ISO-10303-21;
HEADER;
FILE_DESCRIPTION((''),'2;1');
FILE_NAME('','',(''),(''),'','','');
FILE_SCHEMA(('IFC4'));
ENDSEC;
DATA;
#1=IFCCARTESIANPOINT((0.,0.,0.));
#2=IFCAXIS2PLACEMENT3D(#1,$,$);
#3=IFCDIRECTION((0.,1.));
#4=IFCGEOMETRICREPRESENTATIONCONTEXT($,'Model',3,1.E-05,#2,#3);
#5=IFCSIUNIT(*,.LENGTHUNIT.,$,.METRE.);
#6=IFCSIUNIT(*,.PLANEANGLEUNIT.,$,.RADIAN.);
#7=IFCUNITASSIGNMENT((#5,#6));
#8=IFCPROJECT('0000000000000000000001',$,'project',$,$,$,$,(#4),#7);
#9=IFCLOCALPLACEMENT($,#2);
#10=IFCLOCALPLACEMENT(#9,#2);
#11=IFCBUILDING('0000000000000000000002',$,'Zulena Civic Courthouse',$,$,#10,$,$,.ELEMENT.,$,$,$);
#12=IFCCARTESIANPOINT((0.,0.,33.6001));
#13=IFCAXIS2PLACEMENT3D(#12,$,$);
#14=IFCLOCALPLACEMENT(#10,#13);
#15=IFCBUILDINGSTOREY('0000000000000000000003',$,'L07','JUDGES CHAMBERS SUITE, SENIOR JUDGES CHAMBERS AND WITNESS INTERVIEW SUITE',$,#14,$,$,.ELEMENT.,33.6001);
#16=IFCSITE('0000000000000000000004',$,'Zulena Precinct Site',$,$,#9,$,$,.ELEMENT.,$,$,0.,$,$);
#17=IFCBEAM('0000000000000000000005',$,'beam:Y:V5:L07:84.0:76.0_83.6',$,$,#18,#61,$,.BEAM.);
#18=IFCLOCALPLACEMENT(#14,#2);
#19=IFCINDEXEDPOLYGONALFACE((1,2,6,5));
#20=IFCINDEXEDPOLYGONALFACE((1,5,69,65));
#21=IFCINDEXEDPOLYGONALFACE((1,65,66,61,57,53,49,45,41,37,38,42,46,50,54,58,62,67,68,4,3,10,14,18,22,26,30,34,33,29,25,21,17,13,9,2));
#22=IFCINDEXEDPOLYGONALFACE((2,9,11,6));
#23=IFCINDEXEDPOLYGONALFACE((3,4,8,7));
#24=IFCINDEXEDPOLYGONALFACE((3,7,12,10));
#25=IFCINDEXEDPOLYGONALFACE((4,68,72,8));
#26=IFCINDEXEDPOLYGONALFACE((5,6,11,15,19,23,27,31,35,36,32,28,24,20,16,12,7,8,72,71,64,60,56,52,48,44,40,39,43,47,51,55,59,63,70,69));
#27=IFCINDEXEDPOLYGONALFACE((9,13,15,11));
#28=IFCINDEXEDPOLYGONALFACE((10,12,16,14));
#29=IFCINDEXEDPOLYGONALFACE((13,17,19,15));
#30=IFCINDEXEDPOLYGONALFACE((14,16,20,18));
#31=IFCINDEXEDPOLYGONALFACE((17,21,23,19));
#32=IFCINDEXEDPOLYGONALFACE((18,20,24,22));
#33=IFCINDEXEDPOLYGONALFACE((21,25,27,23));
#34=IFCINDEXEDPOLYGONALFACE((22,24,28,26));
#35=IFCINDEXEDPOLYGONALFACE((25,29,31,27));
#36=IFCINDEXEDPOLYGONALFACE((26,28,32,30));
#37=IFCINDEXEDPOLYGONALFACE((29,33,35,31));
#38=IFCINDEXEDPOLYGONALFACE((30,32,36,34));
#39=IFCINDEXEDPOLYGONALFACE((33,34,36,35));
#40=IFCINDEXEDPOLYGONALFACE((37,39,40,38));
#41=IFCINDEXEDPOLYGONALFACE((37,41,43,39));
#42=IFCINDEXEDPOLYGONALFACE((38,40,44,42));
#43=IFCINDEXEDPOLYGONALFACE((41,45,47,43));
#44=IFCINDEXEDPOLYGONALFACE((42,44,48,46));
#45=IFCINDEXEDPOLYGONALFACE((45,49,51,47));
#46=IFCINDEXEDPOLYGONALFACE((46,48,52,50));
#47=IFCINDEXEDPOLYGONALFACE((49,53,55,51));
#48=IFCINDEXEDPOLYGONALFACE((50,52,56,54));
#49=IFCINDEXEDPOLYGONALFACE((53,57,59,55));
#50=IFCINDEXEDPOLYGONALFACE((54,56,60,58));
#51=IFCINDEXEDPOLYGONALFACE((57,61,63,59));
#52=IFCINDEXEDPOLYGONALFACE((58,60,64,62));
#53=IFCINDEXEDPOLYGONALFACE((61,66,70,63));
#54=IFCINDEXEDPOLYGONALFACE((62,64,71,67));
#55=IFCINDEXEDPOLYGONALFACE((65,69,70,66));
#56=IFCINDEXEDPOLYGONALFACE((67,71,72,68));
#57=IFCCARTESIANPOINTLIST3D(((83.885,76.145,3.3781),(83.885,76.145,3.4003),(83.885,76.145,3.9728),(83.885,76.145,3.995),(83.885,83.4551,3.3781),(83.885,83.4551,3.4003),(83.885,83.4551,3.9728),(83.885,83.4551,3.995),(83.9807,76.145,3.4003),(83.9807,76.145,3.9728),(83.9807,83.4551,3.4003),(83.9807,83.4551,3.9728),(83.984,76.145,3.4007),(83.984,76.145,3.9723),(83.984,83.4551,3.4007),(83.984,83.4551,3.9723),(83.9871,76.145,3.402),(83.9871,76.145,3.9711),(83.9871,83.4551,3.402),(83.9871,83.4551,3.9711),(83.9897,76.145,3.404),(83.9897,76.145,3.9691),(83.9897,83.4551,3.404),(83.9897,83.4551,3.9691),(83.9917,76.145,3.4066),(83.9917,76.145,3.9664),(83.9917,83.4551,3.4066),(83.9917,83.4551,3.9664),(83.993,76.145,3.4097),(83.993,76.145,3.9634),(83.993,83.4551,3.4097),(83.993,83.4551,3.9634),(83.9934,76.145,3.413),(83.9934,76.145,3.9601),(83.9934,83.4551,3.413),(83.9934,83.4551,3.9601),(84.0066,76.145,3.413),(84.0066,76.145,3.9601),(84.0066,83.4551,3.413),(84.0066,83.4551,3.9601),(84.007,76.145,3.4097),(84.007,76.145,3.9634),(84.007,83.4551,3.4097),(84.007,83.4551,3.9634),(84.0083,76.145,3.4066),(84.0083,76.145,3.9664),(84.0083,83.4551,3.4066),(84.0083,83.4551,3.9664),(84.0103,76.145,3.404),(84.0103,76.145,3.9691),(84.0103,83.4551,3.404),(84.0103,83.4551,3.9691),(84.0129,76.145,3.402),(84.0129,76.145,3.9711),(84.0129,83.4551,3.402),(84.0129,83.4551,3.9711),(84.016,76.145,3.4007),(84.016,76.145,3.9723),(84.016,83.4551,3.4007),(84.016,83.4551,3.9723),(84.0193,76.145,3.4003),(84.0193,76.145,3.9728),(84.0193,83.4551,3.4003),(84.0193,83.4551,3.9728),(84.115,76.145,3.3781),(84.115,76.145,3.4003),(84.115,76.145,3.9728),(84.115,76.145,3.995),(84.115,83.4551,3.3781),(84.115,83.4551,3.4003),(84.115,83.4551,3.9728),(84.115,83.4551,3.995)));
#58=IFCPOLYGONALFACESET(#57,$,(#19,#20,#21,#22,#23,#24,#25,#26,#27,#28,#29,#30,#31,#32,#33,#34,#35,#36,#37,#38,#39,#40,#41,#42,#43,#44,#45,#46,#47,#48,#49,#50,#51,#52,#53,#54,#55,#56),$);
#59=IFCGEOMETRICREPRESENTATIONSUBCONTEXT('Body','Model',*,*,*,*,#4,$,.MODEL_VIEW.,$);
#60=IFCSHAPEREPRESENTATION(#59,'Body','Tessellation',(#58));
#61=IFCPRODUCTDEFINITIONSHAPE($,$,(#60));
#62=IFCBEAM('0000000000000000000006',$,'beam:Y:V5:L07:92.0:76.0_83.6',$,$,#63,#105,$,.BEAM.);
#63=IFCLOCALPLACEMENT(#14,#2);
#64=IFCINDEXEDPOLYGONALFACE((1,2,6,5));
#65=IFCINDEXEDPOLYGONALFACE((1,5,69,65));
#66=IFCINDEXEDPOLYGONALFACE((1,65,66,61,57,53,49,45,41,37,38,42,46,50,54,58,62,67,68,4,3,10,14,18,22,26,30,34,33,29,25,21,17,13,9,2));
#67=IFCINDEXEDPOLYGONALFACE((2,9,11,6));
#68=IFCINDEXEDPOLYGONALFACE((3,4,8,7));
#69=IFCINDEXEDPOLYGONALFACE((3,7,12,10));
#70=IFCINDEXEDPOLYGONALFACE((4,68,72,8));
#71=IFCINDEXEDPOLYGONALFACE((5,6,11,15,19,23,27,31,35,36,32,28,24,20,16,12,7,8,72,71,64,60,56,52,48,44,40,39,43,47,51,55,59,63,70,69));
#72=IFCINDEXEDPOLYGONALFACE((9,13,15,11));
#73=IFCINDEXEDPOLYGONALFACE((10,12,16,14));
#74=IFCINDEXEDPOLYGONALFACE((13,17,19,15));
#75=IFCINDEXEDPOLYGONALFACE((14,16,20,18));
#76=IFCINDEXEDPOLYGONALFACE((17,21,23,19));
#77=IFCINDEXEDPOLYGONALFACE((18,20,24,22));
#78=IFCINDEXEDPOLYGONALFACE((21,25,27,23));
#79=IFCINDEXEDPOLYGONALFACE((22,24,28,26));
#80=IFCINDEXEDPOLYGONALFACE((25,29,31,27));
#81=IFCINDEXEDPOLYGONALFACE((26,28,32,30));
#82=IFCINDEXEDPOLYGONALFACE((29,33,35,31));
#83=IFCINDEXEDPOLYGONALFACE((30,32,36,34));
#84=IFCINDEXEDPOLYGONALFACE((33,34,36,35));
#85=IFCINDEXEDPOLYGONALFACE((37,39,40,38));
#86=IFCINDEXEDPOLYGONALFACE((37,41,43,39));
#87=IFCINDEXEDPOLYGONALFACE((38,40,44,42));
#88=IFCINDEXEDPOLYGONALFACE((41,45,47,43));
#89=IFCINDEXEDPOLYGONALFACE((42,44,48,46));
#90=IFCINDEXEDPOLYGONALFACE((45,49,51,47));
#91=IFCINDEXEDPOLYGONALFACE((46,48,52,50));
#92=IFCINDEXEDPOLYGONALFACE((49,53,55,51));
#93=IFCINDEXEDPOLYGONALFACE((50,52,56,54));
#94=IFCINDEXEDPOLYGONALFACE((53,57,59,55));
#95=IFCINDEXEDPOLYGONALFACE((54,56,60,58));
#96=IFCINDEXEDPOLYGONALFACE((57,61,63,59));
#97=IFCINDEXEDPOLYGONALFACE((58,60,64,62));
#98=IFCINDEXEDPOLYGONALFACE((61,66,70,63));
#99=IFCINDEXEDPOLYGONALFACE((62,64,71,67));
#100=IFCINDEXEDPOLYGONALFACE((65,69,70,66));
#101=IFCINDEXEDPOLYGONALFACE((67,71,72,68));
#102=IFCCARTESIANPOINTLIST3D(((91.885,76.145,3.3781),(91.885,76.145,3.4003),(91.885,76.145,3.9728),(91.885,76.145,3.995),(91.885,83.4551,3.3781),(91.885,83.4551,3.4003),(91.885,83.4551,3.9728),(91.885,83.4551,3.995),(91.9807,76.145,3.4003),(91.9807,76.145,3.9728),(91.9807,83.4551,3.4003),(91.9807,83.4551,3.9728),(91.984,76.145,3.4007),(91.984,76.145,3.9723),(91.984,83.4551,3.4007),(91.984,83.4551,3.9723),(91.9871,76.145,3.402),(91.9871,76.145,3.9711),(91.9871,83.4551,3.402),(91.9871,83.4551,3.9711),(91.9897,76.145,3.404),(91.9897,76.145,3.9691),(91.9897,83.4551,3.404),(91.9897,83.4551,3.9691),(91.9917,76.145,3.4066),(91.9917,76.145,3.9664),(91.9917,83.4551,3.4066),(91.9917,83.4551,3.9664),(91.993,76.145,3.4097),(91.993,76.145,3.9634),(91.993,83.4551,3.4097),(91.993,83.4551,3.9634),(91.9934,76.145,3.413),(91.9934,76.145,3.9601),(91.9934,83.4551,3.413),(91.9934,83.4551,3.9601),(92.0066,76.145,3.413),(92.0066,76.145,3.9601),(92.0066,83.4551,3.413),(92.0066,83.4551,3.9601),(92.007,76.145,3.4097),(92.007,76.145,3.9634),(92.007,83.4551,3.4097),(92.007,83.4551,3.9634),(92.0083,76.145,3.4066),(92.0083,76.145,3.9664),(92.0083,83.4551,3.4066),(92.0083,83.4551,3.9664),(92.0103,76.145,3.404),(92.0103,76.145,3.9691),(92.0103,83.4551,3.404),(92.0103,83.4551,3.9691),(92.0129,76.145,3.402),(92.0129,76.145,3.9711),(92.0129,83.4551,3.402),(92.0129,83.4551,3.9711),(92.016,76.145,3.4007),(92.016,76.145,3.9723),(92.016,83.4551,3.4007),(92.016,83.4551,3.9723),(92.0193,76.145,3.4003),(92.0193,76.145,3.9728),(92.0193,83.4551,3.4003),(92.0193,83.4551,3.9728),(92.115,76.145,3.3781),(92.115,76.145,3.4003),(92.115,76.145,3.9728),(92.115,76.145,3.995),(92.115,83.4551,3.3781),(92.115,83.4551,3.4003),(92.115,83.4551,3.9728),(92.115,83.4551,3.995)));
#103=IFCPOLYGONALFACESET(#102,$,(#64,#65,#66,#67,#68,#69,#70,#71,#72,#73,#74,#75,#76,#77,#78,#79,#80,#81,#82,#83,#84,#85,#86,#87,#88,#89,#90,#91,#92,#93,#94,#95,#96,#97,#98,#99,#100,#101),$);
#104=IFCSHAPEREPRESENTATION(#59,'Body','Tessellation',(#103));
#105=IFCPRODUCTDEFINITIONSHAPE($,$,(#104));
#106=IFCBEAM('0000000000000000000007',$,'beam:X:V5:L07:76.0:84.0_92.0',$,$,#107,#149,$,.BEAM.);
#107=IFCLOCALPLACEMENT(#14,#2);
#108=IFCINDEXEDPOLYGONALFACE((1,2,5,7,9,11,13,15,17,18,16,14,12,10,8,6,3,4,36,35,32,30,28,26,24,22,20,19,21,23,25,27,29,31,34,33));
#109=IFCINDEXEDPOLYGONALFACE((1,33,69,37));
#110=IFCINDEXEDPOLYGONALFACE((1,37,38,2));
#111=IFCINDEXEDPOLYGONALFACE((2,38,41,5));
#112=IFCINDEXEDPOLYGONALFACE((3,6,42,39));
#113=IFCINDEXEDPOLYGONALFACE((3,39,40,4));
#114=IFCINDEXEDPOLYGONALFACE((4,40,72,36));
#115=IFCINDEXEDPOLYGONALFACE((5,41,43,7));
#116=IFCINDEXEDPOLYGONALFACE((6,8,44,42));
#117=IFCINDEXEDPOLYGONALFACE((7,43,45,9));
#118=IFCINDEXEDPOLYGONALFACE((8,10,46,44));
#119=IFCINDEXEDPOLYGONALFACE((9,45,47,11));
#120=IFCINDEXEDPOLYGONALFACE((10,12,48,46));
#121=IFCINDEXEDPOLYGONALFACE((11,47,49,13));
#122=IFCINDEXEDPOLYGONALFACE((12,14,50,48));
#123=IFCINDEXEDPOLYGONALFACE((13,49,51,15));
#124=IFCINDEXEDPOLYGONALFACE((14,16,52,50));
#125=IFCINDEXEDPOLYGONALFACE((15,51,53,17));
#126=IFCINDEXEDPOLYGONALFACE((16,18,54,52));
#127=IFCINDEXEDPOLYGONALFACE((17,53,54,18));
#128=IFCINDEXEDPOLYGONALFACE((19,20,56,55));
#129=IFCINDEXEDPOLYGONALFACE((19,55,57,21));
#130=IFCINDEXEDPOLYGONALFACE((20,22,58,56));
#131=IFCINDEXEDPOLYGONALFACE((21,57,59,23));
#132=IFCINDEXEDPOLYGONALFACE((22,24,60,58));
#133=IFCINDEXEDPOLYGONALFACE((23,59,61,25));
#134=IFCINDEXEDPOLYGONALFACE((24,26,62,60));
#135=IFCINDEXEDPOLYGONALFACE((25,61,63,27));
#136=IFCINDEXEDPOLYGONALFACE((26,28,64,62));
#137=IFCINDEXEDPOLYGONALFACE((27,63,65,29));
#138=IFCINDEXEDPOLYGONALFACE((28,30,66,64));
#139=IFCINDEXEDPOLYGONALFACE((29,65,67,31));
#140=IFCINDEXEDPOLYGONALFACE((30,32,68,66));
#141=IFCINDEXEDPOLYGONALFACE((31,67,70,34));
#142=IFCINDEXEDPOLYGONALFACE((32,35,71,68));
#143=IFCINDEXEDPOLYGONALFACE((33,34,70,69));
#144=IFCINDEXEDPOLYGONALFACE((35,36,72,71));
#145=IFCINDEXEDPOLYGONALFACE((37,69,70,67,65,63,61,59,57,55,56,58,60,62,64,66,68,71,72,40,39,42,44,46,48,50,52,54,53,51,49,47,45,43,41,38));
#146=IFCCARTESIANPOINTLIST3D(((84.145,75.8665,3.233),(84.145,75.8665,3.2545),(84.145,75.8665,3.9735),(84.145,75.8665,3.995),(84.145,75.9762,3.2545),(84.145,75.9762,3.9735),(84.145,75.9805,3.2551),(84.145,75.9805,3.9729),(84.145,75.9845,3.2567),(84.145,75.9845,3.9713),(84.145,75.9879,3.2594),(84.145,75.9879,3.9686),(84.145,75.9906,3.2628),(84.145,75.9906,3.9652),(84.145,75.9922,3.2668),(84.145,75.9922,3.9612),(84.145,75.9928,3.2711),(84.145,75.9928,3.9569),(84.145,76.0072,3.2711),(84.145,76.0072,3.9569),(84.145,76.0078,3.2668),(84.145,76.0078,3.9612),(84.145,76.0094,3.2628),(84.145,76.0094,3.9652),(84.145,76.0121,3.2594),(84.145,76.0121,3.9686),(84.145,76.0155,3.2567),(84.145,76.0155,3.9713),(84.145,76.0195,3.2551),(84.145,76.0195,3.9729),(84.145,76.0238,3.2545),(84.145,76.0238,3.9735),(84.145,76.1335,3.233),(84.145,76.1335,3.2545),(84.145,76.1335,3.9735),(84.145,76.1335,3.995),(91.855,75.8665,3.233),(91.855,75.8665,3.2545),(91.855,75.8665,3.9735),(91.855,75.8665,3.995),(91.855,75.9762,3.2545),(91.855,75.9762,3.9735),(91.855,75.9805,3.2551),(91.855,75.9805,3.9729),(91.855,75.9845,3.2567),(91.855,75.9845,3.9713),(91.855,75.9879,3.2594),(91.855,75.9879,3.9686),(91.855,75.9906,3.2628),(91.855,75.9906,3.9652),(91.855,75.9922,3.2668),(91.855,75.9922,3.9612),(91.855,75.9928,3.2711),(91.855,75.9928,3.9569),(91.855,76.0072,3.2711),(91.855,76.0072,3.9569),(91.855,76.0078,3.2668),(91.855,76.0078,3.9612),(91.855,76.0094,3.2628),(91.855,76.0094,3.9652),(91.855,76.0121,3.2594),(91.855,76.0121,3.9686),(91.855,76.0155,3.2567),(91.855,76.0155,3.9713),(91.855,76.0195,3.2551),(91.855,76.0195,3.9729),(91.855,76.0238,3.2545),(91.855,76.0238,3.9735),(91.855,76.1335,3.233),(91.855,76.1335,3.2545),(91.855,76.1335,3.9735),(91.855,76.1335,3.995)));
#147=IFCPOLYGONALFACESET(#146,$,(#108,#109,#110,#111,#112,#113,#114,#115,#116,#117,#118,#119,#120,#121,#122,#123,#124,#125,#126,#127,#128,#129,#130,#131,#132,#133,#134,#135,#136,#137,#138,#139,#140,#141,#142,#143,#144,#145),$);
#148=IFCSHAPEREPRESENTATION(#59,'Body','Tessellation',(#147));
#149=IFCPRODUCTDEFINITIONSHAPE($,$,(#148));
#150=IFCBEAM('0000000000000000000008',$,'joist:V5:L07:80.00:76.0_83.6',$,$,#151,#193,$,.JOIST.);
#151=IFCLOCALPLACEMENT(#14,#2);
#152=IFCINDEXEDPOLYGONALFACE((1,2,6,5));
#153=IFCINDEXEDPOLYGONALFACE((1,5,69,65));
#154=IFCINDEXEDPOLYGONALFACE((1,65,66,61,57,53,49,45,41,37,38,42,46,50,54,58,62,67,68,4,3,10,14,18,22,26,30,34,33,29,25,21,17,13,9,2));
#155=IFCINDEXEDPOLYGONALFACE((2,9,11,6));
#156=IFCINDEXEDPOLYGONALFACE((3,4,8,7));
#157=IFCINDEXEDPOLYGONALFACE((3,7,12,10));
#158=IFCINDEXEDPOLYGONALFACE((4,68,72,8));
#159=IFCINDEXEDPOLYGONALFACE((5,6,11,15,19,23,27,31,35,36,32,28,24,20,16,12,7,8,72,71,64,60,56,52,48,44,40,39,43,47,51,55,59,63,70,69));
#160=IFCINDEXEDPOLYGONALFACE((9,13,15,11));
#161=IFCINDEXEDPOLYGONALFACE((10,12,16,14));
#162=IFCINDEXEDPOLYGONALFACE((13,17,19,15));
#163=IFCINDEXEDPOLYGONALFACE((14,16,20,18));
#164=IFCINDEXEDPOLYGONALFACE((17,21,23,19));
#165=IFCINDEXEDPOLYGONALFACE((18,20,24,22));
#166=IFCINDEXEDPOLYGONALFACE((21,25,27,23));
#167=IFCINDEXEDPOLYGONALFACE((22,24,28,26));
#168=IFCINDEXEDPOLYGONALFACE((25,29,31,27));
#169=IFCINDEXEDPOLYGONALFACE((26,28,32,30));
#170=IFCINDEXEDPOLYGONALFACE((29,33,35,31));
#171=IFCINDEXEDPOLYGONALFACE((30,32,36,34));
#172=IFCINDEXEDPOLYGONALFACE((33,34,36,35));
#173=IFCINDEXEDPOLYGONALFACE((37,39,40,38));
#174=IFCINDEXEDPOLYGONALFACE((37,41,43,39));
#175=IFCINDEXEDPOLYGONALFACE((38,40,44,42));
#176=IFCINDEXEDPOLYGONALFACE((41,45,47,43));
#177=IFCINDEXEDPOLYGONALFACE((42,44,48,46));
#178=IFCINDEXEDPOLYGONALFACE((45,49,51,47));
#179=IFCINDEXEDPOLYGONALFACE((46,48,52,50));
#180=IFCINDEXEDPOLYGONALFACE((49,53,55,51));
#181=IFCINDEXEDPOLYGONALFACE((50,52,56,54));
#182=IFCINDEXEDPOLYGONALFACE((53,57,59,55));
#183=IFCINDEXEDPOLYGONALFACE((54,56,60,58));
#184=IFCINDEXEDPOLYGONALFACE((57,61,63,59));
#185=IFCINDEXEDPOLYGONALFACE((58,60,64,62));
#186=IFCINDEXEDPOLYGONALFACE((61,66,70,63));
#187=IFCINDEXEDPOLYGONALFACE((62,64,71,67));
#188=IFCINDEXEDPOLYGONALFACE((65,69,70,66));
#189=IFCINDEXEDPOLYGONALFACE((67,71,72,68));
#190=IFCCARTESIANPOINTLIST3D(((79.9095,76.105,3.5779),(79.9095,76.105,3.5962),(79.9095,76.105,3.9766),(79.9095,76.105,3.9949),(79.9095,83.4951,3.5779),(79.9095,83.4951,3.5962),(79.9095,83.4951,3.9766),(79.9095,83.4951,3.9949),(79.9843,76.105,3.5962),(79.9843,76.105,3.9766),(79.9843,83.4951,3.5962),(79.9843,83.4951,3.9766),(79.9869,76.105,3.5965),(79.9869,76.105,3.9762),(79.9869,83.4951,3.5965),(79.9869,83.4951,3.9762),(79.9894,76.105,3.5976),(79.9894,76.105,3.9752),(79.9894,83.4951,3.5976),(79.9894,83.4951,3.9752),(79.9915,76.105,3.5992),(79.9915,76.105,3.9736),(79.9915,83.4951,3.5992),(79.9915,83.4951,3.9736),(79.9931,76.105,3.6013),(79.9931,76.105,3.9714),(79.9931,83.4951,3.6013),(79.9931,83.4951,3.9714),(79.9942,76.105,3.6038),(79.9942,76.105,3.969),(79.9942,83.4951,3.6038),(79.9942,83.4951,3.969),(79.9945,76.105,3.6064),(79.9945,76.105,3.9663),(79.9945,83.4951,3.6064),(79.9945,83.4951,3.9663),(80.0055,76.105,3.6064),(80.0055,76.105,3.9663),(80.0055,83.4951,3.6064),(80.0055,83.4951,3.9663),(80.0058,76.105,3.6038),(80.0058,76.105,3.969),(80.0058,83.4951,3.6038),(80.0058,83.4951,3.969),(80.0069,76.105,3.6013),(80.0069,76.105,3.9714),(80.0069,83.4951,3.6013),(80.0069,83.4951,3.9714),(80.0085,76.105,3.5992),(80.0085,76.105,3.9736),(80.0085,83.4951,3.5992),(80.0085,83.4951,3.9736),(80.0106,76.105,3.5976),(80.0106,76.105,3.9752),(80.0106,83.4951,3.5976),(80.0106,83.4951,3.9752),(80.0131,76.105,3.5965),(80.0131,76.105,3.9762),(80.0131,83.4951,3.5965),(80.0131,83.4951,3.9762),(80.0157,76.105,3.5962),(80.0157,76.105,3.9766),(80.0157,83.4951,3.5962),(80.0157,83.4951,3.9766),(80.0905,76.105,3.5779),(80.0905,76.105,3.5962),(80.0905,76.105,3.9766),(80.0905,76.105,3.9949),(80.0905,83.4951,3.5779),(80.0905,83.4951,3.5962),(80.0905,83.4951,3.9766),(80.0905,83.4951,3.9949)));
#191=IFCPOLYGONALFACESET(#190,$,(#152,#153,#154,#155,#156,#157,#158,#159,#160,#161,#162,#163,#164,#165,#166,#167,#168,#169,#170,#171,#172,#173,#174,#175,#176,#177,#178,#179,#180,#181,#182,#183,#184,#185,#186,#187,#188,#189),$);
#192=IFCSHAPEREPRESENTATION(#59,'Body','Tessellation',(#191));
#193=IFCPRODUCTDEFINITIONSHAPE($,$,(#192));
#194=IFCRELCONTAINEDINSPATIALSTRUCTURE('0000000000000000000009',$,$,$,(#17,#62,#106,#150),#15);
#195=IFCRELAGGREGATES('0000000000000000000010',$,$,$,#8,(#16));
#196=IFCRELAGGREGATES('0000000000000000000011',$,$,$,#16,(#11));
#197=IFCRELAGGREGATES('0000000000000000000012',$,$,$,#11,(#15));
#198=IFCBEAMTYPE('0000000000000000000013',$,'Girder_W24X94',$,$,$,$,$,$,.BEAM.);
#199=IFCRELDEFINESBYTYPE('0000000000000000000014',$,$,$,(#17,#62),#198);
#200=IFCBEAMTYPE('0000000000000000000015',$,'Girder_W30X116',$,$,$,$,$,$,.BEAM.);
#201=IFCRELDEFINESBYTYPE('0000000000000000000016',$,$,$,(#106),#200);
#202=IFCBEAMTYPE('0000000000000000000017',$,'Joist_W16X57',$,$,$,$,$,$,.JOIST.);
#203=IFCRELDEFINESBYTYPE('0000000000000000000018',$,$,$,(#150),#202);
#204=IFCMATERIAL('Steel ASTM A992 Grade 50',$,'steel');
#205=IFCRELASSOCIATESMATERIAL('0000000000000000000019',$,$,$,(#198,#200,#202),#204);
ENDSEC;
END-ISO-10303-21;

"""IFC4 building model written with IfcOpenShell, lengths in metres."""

from ifc_helpers import new_model, si_unit, direction, frame, origin, origin_2d, place, context, subcontext, project, spatial, i_section, extrude, material, material_profile, profile_set, type_object, element, save


model = new_model("IFC4")

# Units and contexts
model_context = context("Model", 3, precision=1e-05, world=origin(), true_north=direction((0.0, 1.0)))
body_context = subcontext(model_context, "Body", "Model", "MODEL_VIEW")
ifc_project = project(units=[si_unit("LENGTHUNIT", "METRE"), si_unit("PLANEANGLEUNIT", "RADIAN")], contexts=[model_context])

# Site, building, storey
site_placement = place(None, origin())
site = spatial("IfcSite", under=ifc_project, at=site_placement, Name="Zulena Precinct Site", CompositionType="ELEMENT", RefElevation=0.0)
building_placement = place(site_placement, origin())
building = spatial("IfcBuilding", under=site, at=building_placement, Name="Zulena Civic Courthouse", CompositionType="ELEMENT")
storey_placement = place(building_placement, frame((0.0, 0.0, 33.6001)))
storey = spatial("IfcBuildingStorey", under=building, at=storey_placement, Name="L07", Description="JUDGES CHAMBERS SUITE, SENIOR JUDGES CHAMBERS AND WITNESS INTERVIEW SUITE", CompositionType="ELEMENT", Elevation=33.6001)

# Shared definitions
ifc_material_1 = material(Name="Steel ASTM A992 Grade 50", Category="steel")

# Beams
ifc_material_profile_1 = material_profile(ifc_material_1, i_section(OverallWidth=0.23, OverallDepth=0.6169, WebThickness=0.0132, FlangeThickness=0.0222, FilletRadius=0.0127, at=origin_2d()), Name="W24X94")
ifc_profile_set_1 = profile_set([ifc_material_profile_1], Name="Steel ASTM A992 Grade 50")
beam_type_1 = type_object("IfcBeamType", Name="Girder_W24X94", PredefinedType="BEAM", material=ifc_profile_set_1)
for number, where, z_axis, x_axis, name in (
    (1, (84.0, 76.145, 3.6865), (0.0, 1.0, 0.0), (-1.0, 0.0, 0.0), "beam:Y:V5:L07:84.0:76.0_83.6"),
    (2, (92.0, 76.145, 3.6865), (0.0, 1.0, 0.0), (-1.0, 0.0, 0.0), "beam:Y:V5:L07:92.0:76.0_83.6"),
):
    element("IfcBeam", number, at=place(storey_placement, frame(where, z_axis=z_axis, x_axis=x_axis)), inside=storey, type_object=beam_type_1, Name=name, PredefinedType="BEAM", context=body_context, shape_type="SweptSolid", body=[
        extrude(i_section(OverallWidth=0.23, OverallDepth=0.6169, WebThickness=0.0132, FlangeThickness=0.0222, FilletRadius=0.0127, at=origin_2d()), origin(), (0.0, 0.0, 1.0), 7.3101),
    ])
ifc_material_profile_2 = material_profile(ifc_material_1, i_section(OverallWidth=0.2671, OverallDepth=0.762, WebThickness=0.0144, FlangeThickness=0.0215, FilletRadius=0.0166, at=origin_2d()), Name="W30X116")
ifc_profile_set_2 = profile_set([ifc_material_profile_2], Name="Steel ASTM A992 Grade 50")
beam_type_2 = type_object("IfcBeamType", Name="Girder_W30X116", PredefinedType="BEAM", material=ifc_profile_set_2)
beam_1_placement = place(storey_placement, frame((84.145, 76.0, 3.614), z_axis=(1.0, 0.0, 0.0), x_axis=(0.0, 1.0, 0.0)))
element("IfcBeam", 3, at=beam_1_placement, inside=storey, type_object=beam_type_2, Name="beam:X:V5:L07:76.0:84.0_92.0", PredefinedType="BEAM", context=body_context, shape_type="SweptSolid", body=[
    extrude(i_section(OverallWidth=0.2671, OverallDepth=0.762, WebThickness=0.0144, FlangeThickness=0.0215, FilletRadius=0.0166, at=origin_2d()), origin(), (0.0, 0.0, 1.0), 7.71),
])
ifc_material_profile_3 = material_profile(ifc_material_1, i_section(OverallWidth=0.1809, OverallDepth=0.417, WebThickness=0.011, FlangeThickness=0.0183, FilletRadius=0.0103, at=origin_2d()), Name="W16X57")
ifc_profile_set_3 = profile_set([ifc_material_profile_3], Name="Steel ASTM A992 Grade 50")
beam_type_3 = type_object("IfcBeamType", Name="Joist_W16X57", PredefinedType="JOIST", material=ifc_profile_set_3)
for number, where, z_axis, x_axis, name in (
    (4, (80.0, 76.105, 3.7864), (0.0, 1.0, 0.0), (-1.0, 0.0, 0.0), "joist:V5:L07:80.00:76.0_83.6"),
):
    element("IfcBeam", number, at=place(storey_placement, frame(where, z_axis=z_axis, x_axis=x_axis)), inside=storey, type_object=beam_type_3, Name=name, PredefinedType="JOIST", context=body_context, shape_type="SweptSolid", body=[
        extrude(i_section(OverallWidth=0.1809, OverallDepth=0.417, WebThickness=0.011, FlangeThickness=0.0183, FilletRadius=0.0103, at=origin_2d()), origin(), (0.0, 0.0, 1.0), 7.3901),
    ])

save(model, "model.ifc")
